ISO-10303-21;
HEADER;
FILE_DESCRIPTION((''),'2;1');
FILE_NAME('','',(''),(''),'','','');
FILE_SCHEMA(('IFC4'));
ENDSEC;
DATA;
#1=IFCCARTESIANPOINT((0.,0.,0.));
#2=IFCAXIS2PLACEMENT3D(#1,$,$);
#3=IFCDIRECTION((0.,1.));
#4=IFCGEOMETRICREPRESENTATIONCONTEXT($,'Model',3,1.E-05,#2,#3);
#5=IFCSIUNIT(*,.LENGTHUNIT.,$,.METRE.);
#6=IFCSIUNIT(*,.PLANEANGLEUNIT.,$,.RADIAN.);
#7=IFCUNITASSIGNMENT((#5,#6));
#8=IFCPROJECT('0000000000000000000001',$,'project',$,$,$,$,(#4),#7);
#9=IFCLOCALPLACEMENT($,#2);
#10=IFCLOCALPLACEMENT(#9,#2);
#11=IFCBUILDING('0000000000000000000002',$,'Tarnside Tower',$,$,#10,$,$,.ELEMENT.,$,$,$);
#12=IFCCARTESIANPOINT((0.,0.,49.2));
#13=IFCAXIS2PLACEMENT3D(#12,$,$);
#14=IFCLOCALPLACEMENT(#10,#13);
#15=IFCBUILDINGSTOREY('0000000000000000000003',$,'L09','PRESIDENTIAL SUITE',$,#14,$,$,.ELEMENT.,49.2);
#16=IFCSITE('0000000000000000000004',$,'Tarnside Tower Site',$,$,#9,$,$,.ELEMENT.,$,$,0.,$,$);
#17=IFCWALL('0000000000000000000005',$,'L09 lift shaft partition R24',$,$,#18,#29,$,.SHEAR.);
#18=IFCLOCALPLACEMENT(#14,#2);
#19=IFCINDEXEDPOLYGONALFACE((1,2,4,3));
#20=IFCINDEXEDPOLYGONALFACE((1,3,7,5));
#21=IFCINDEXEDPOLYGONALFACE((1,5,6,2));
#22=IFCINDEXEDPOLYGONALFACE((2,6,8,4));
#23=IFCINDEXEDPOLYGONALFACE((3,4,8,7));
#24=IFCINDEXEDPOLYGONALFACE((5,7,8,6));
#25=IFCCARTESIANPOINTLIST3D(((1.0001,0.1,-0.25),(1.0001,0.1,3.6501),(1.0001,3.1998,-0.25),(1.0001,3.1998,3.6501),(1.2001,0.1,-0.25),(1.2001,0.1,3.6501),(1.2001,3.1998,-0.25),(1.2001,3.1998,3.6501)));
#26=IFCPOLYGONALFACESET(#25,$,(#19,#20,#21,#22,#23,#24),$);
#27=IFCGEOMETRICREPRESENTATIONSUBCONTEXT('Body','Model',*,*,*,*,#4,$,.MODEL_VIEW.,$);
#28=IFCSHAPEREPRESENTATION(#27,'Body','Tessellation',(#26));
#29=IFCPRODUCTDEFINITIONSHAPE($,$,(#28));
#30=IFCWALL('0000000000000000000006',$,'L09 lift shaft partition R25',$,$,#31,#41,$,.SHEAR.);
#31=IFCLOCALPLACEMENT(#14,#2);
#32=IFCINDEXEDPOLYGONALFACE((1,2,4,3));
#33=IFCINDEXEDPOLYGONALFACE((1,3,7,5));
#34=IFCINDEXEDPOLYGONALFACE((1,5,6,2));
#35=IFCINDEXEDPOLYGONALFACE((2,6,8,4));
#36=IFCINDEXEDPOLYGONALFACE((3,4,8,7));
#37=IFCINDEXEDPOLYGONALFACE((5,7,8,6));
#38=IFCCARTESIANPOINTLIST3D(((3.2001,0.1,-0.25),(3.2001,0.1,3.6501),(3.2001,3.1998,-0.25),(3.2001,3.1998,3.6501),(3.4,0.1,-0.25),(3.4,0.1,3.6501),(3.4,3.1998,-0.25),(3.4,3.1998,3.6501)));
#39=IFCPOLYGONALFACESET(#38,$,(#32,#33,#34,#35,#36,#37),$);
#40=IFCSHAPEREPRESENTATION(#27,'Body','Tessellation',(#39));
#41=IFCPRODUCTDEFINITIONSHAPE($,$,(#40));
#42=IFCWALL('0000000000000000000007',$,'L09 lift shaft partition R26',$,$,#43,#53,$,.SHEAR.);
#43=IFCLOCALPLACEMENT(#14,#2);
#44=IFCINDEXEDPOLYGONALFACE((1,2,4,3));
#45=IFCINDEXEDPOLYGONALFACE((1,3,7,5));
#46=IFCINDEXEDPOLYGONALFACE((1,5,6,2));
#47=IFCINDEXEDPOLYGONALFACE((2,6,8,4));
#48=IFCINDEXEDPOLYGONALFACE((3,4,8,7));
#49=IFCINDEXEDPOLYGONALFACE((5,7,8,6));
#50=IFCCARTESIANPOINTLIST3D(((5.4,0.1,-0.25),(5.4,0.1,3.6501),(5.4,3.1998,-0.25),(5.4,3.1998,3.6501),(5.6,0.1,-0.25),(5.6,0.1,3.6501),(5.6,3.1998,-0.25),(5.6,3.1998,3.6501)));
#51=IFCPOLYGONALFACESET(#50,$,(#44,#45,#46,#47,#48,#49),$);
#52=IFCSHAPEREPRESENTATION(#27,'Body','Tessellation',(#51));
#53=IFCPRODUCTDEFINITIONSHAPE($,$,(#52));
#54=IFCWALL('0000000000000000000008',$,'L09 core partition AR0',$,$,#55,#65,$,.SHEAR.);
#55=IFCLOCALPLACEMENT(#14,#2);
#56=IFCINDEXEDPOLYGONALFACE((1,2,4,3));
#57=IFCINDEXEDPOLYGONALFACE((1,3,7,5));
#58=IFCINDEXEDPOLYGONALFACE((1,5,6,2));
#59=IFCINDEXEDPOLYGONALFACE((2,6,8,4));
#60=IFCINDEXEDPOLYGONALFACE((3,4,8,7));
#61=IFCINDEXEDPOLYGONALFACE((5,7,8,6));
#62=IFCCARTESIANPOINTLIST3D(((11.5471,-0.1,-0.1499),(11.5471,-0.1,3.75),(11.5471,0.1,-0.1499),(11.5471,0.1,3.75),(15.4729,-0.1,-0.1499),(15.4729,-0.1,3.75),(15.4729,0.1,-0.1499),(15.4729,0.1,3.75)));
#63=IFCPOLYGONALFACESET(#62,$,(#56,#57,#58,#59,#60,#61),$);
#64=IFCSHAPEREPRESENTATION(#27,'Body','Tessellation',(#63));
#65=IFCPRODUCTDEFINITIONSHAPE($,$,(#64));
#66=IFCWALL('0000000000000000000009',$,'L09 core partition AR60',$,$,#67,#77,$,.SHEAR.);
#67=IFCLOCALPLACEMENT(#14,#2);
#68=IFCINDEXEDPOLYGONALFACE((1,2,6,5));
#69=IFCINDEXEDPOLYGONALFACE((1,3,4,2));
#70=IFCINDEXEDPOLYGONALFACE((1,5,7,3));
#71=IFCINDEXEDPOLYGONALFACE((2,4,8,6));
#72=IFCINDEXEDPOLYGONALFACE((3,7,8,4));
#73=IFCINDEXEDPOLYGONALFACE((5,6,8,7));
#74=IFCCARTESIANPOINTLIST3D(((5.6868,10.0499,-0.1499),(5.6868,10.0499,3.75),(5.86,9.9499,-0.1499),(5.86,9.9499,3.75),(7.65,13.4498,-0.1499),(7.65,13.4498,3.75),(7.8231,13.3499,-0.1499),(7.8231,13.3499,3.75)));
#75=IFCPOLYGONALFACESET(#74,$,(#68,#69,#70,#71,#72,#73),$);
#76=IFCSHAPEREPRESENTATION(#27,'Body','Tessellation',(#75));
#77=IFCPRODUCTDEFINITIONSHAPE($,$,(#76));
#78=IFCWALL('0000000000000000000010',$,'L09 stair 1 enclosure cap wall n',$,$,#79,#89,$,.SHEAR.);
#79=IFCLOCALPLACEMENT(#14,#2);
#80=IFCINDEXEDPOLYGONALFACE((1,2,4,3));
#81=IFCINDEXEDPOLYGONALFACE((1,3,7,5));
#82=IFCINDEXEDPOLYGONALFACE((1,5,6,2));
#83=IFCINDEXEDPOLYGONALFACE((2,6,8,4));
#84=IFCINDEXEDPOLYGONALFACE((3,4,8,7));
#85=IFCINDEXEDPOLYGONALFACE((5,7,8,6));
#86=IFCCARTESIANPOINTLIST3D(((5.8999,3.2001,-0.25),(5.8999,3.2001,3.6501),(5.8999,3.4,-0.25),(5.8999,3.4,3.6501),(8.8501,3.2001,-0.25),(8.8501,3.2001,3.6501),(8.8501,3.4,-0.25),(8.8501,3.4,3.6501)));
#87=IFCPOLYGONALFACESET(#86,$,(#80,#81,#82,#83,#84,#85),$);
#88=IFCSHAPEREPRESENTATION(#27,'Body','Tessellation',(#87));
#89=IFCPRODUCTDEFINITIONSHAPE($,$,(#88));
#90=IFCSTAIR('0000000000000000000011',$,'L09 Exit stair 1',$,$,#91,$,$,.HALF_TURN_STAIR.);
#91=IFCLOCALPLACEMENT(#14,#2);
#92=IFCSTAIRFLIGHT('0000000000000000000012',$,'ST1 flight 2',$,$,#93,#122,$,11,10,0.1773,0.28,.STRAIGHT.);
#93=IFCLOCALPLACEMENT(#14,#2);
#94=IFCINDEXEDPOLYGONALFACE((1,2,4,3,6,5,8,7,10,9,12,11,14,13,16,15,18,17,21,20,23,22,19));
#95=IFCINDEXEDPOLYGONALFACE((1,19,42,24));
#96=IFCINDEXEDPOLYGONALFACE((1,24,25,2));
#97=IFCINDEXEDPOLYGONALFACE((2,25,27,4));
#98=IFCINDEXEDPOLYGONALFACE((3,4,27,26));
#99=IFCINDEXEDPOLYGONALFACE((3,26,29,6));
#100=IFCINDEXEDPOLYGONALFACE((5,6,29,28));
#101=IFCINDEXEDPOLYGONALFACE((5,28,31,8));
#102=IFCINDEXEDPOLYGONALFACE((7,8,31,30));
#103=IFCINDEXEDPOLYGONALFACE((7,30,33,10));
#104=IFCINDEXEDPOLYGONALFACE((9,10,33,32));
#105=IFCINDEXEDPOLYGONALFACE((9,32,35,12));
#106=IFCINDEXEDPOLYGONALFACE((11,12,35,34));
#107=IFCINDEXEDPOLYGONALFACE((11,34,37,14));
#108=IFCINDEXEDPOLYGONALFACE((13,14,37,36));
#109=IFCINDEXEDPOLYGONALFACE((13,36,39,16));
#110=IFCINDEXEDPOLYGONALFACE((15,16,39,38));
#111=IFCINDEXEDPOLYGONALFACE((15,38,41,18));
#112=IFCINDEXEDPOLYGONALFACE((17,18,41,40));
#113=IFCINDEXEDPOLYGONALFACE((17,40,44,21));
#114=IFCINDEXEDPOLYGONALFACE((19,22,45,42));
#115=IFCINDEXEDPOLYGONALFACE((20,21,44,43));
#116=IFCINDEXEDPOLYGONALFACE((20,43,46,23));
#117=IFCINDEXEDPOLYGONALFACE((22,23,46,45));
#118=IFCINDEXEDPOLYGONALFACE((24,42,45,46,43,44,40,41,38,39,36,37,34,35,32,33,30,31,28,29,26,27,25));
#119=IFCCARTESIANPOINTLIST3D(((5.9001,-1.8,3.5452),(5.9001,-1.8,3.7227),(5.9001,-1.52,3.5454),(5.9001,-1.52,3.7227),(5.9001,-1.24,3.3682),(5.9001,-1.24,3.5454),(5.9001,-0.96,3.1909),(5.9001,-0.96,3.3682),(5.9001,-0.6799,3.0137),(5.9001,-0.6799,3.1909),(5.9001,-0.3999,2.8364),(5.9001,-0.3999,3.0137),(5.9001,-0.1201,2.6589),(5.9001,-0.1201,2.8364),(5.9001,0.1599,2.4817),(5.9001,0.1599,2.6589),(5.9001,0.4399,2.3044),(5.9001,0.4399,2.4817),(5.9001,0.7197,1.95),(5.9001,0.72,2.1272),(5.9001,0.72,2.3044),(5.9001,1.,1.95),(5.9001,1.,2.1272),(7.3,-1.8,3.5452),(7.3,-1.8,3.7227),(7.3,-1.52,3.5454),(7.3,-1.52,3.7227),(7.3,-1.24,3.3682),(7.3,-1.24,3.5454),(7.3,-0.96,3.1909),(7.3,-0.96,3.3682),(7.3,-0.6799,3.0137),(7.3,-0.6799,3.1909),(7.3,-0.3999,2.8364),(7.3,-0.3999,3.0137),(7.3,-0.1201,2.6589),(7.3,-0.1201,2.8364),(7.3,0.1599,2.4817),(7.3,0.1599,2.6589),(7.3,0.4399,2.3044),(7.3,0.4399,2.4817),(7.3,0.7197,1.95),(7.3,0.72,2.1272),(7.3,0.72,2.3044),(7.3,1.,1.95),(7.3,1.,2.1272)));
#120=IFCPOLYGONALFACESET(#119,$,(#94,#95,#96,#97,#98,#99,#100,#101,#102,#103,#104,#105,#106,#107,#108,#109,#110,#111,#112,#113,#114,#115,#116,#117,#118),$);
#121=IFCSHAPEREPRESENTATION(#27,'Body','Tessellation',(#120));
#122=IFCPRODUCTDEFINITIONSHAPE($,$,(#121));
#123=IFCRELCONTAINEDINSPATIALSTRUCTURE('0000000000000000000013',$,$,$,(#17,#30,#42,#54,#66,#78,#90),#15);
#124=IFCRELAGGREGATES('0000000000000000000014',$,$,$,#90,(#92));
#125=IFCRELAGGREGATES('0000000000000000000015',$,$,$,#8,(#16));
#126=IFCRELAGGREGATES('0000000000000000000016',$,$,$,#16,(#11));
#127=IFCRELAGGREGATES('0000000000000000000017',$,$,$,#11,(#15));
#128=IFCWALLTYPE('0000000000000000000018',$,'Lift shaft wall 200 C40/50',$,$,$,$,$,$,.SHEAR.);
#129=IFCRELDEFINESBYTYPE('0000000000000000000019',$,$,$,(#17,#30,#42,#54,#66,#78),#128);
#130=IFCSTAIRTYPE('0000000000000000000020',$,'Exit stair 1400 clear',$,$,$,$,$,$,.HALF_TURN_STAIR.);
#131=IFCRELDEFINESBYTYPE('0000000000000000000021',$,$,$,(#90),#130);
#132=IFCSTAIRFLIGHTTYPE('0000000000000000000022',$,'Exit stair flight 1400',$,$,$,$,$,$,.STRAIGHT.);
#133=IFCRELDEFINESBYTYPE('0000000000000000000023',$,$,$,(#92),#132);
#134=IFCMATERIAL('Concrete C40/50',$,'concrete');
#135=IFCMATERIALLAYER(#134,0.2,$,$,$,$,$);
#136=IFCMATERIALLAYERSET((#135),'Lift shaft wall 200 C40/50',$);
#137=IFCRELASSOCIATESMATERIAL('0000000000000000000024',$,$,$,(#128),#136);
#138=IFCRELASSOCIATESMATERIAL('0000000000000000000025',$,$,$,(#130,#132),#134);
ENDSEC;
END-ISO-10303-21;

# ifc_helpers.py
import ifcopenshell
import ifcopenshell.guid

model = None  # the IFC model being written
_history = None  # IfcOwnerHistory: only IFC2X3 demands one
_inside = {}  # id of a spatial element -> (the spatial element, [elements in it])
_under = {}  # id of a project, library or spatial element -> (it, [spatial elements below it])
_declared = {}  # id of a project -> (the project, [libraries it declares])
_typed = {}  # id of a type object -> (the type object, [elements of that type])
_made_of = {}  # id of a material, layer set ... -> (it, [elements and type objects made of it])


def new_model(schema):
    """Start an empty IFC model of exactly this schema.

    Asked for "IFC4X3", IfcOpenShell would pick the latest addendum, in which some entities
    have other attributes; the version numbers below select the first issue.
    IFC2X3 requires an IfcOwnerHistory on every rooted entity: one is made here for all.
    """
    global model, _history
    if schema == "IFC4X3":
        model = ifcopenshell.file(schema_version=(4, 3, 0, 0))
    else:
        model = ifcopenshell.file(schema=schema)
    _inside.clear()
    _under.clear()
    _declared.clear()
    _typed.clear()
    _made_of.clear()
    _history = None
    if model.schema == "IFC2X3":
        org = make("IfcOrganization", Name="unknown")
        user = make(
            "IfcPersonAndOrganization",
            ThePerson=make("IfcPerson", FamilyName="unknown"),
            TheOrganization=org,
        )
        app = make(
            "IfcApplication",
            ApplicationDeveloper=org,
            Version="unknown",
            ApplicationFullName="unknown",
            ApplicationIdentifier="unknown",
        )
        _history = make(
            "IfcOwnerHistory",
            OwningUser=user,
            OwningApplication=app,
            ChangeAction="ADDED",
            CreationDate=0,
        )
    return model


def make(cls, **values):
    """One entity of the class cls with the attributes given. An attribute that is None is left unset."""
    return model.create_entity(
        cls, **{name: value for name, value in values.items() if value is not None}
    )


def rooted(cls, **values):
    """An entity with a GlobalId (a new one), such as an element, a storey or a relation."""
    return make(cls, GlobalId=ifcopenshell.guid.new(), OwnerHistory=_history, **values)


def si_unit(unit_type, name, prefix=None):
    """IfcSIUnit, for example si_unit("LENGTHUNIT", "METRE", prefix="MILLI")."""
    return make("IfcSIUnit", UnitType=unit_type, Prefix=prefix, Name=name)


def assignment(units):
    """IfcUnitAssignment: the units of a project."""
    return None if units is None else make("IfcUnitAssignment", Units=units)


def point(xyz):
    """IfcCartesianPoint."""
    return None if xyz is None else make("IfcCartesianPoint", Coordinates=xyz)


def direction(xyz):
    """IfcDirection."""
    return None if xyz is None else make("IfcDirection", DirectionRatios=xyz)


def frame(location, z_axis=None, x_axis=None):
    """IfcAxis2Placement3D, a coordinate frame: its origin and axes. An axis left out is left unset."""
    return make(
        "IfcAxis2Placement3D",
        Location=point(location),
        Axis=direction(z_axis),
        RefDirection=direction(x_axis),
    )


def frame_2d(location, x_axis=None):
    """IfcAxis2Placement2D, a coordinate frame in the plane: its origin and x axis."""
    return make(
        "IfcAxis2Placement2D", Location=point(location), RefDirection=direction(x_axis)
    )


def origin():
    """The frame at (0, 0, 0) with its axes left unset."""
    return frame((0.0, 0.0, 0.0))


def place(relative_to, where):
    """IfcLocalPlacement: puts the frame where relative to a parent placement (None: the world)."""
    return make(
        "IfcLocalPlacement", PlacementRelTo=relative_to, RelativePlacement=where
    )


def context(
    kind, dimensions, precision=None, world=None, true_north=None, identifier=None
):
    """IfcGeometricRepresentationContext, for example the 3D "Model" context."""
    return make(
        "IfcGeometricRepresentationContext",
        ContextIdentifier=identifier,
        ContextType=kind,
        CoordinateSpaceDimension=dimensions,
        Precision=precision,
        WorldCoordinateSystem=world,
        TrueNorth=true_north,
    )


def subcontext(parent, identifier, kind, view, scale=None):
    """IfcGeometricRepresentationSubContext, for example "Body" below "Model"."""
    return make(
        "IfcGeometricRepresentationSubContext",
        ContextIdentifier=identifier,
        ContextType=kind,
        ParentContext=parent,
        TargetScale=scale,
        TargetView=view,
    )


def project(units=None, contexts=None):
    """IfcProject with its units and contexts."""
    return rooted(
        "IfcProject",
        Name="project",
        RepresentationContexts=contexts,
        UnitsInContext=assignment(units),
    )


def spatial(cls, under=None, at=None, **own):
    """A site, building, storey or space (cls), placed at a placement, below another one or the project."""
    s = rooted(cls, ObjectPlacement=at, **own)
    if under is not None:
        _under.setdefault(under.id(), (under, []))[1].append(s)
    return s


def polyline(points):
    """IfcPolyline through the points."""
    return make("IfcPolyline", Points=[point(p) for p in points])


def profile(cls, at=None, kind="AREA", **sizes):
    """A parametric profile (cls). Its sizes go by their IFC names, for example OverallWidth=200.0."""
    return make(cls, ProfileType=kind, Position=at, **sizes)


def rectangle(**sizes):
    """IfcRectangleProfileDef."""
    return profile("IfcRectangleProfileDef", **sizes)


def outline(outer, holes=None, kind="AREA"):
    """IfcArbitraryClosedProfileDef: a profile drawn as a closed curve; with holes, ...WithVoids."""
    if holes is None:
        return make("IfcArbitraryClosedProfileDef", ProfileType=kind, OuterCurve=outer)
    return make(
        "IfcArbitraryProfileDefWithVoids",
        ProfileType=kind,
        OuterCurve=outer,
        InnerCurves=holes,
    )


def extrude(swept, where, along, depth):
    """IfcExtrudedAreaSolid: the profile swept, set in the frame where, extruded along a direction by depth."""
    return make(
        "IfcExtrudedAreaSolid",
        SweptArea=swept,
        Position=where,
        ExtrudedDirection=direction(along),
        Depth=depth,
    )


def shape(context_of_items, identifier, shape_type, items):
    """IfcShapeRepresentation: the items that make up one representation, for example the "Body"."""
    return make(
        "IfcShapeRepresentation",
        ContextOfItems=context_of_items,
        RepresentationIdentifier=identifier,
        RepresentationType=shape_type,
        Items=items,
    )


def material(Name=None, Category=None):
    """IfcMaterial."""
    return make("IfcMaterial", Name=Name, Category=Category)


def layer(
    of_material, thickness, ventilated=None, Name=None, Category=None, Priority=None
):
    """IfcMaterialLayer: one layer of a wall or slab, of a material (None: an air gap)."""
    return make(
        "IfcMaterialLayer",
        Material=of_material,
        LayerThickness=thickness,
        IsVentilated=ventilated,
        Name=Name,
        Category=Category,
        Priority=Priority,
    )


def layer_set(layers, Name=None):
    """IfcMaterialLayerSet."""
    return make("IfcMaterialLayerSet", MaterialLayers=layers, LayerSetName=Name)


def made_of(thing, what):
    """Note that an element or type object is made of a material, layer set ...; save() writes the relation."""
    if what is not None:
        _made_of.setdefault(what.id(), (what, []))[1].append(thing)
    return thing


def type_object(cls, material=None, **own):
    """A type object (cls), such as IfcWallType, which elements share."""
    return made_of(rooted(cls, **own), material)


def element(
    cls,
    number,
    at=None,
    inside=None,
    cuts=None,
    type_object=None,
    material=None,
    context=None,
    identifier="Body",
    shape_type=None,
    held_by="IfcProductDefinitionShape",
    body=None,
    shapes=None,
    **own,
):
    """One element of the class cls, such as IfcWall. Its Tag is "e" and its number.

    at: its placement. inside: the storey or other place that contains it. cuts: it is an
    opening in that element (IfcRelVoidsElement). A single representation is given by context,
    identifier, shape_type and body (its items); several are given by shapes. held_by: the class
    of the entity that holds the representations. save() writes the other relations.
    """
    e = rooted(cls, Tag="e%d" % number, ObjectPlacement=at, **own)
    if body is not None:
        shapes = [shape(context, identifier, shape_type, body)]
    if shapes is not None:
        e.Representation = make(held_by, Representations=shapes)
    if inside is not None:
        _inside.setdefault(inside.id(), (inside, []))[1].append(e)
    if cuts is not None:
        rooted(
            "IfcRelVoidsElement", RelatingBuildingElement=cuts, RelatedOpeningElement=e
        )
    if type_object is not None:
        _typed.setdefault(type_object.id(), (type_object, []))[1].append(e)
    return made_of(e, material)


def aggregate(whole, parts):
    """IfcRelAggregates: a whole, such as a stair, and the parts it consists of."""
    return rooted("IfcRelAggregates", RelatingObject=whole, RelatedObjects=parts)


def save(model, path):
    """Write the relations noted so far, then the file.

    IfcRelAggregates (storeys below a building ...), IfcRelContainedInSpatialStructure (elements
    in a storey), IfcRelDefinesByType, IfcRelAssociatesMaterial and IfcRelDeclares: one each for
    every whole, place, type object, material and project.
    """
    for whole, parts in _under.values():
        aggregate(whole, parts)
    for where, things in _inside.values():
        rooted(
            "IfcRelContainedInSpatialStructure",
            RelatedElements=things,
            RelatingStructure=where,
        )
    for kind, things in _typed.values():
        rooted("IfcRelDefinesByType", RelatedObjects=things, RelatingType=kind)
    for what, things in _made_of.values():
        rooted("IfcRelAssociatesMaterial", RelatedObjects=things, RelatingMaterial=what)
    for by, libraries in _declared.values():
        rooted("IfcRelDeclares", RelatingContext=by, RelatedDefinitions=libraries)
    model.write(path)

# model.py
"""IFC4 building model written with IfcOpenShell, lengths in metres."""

from ifc_helpers import new_model, si_unit, direction, frame, frame_2d, origin, place, context, subcontext, project, spatial, polyline, rectangle, outline, extrude, material, layer, layer_set, type_object, element, aggregate, save


model = new_model("IFC4")

# Units and contexts
model_context = context("Model", 3, precision=1e-05, world=origin(), true_north=direction((0.0, 1.0)))
body_context = subcontext(model_context, "Body", "Model", "MODEL_VIEW")
ifc_project = project(units=[si_unit("LENGTHUNIT", "METRE"), si_unit("PLANEANGLEUNIT", "RADIAN")], contexts=[model_context])

# Site, building, storey
site_placement = place(None, origin())
site = spatial("IfcSite", under=ifc_project, at=site_placement, Name="Tarnside Tower Site", CompositionType="ELEMENT", RefElevation=0.0)
building_placement = place(site_placement, origin())
building = spatial("IfcBuilding", under=site, at=building_placement, Name="Tarnside Tower", CompositionType="ELEMENT")
storey_placement = place(building_placement, frame((0.0, 0.0, 49.2)))
storey = spatial("IfcBuildingStorey", under=building, at=storey_placement, Name="L09", Description="PRESIDENTIAL SUITE", CompositionType="ELEMENT", Elevation=49.2)

# Shared definitions
ifc_material_1 = material(Name="Concrete C40/50", Category="concrete")

# Walls
ifc_layer_1 = layer(ifc_material_1, 0.2)
ifc_layer_set_1 = layer_set([ifc_layer_1], Name="Lift shaft wall 200 C40/50")
wall_type_1 = type_object("IfcWallType", Name="Lift shaft wall 200 C40/50", PredefinedType="SHEAR", material=ifc_layer_set_1)
for number, where, z_axis, x_axis, name in (
    (1, (1.1001, 0.1001, -0.25), (0.0, 0.0, 1.0), (0.0, 1.0, 0.0), "L09 lift shaft partition R24"),
    (2, (3.3, 0.1001, -0.25), (0.0, 0.0, 1.0), (0.0, 1.0, 0.0), "L09 lift shaft partition R25"),
    (3, (5.5, 0.1001, -0.25), (0.0, 0.0, 1.0), (0.0, 1.0, 0.0), "L09 lift shaft partition R26"),
):
    element("IfcWall", number, at=place(storey_placement, frame(where, z_axis=z_axis, x_axis=x_axis)), inside=storey, type_object=wall_type_1, Name=name, PredefinedType="SHEAR", context=body_context, shape_type="SweptSolid", body=[
        extrude(rectangle(XDim=3.0999, YDim=0.2, at=frame_2d((1.5498, 0.0))), origin(), (0.0, 0.0, 1.0), 3.9001),
    ])
wall_1_placement = place(storey_placement, frame((11.5471, 0.0, -0.1499), z_axis=(0.0, 0.0, 1.0), x_axis=(1.0, 0.0, 0.0)))
element("IfcWall", 4, at=wall_1_placement, inside=storey, type_object=wall_type_1, Name="L09 core partition AR0", PredefinedType="SHEAR", context=body_context, shape_type="SweptSolid", body=[
    extrude(rectangle(XDim=3.9258, YDim=0.2, at=frame_2d((1.9629, 0.0))), origin(), (0.0, 0.0, 1.0), 3.8999),
])
wall_2_placement = place(storey_placement, frame((5.7734, 10.0, -0.1499), z_axis=(0.0, 0.0, 1.0), x_axis=(0.500038, 0.866003, 0.0)))
element("IfcWall", 5, at=wall_2_placement, inside=storey, type_object=wall_type_1, Name="L09 core partition AR60", PredefinedType="SHEAR", context=body_context, shape_type="SweptSolid", body=[
    extrude(rectangle(XDim=3.926, YDim=0.2, at=frame_2d((1.9629, 0.0))), origin(), (0.0, 0.0, 1.0), 3.8999),
])
wall_3_placement = place(storey_placement, frame((5.8999, 3.3, -0.25), z_axis=(0.0, 0.0, 1.0), x_axis=(1.0, 0.0, 0.0)))
element("IfcWall", 6, at=wall_3_placement, inside=storey, type_object=wall_type_1, Name="L09 stair 1 enclosure cap wall n", PredefinedType="SHEAR", context=body_context, shape_type="SweptSolid", body=[
    extrude(rectangle(XDim=2.9502, YDim=0.2, at=frame_2d((1.4751, 0.0))), origin(), (0.0, 0.0, 1.0), 3.9001),
])

# Stair, stair flight
stair_type = type_object("IfcStairType", Name="Exit stair 1400 clear", PredefinedType="HALF_TURN_STAIR", material=ifc_material_1)
stair_placement = place(storey_placement, origin())
stair = element("IfcStair", 7, at=stair_placement, inside=storey, type_object=stair_type, Name="L09 Exit stair 1", PredefinedType="HALF_TURN_STAIR")
stair_flight_type = type_object("IfcStairFlightType", Name="Exit stair flight 1400", PredefinedType="STRAIGHT", material=ifc_material_1)
stair_flight_placement = place(storey_placement, frame((6.6001, 1.0, 1.95), z_axis=(0.0, 0.0, 1.0), x_axis=(0.0, -1.0, 0.0)))
stair_flight = element("IfcStairFlight", 8, at=stair_flight_placement, type_object=stair_flight_type, Name="ST1 flight 2", NumberOfRisers=11, NumberOfTreads=10, PredefinedType="STRAIGHT", RiserHeight=0.1773, TreadLength=0.28, context=body_context, shape_type="SweptSolid", body=[
    extrude(outline(polyline([(0.0, 0.0), (0.0, 0.1772), (0.28, 0.1772), (0.28, 0.3545), (0.5601, 0.3545), (0.5601, 0.5317), (0.8401, 0.5317), (0.8401, 0.709), (1.1201, 0.709), (1.1201, 0.8865), (1.3999, 0.8865), (1.3999, 1.0637), (1.6799, 1.0637), (1.6799, 1.241), (1.96, 1.241), (1.96, 1.4182), (2.24, 1.4182), (2.24, 1.5955), (2.52, 1.5955), (2.52, 1.7727), (2.8, 1.7727), (2.8, 1.95), (2.8, 1.5952), (0.2803, 0.0), (0.0, 0.0)])), frame((0.0, 0.7, 0.0), z_axis=(0.0, -1.0, 0.0), x_axis=(1.0, 0.0, 0.0)), (0.0, 0.0, 1.0), 1.3999),
])
aggregate(stair, [stair_flight])

save(model, "model.ifc")
